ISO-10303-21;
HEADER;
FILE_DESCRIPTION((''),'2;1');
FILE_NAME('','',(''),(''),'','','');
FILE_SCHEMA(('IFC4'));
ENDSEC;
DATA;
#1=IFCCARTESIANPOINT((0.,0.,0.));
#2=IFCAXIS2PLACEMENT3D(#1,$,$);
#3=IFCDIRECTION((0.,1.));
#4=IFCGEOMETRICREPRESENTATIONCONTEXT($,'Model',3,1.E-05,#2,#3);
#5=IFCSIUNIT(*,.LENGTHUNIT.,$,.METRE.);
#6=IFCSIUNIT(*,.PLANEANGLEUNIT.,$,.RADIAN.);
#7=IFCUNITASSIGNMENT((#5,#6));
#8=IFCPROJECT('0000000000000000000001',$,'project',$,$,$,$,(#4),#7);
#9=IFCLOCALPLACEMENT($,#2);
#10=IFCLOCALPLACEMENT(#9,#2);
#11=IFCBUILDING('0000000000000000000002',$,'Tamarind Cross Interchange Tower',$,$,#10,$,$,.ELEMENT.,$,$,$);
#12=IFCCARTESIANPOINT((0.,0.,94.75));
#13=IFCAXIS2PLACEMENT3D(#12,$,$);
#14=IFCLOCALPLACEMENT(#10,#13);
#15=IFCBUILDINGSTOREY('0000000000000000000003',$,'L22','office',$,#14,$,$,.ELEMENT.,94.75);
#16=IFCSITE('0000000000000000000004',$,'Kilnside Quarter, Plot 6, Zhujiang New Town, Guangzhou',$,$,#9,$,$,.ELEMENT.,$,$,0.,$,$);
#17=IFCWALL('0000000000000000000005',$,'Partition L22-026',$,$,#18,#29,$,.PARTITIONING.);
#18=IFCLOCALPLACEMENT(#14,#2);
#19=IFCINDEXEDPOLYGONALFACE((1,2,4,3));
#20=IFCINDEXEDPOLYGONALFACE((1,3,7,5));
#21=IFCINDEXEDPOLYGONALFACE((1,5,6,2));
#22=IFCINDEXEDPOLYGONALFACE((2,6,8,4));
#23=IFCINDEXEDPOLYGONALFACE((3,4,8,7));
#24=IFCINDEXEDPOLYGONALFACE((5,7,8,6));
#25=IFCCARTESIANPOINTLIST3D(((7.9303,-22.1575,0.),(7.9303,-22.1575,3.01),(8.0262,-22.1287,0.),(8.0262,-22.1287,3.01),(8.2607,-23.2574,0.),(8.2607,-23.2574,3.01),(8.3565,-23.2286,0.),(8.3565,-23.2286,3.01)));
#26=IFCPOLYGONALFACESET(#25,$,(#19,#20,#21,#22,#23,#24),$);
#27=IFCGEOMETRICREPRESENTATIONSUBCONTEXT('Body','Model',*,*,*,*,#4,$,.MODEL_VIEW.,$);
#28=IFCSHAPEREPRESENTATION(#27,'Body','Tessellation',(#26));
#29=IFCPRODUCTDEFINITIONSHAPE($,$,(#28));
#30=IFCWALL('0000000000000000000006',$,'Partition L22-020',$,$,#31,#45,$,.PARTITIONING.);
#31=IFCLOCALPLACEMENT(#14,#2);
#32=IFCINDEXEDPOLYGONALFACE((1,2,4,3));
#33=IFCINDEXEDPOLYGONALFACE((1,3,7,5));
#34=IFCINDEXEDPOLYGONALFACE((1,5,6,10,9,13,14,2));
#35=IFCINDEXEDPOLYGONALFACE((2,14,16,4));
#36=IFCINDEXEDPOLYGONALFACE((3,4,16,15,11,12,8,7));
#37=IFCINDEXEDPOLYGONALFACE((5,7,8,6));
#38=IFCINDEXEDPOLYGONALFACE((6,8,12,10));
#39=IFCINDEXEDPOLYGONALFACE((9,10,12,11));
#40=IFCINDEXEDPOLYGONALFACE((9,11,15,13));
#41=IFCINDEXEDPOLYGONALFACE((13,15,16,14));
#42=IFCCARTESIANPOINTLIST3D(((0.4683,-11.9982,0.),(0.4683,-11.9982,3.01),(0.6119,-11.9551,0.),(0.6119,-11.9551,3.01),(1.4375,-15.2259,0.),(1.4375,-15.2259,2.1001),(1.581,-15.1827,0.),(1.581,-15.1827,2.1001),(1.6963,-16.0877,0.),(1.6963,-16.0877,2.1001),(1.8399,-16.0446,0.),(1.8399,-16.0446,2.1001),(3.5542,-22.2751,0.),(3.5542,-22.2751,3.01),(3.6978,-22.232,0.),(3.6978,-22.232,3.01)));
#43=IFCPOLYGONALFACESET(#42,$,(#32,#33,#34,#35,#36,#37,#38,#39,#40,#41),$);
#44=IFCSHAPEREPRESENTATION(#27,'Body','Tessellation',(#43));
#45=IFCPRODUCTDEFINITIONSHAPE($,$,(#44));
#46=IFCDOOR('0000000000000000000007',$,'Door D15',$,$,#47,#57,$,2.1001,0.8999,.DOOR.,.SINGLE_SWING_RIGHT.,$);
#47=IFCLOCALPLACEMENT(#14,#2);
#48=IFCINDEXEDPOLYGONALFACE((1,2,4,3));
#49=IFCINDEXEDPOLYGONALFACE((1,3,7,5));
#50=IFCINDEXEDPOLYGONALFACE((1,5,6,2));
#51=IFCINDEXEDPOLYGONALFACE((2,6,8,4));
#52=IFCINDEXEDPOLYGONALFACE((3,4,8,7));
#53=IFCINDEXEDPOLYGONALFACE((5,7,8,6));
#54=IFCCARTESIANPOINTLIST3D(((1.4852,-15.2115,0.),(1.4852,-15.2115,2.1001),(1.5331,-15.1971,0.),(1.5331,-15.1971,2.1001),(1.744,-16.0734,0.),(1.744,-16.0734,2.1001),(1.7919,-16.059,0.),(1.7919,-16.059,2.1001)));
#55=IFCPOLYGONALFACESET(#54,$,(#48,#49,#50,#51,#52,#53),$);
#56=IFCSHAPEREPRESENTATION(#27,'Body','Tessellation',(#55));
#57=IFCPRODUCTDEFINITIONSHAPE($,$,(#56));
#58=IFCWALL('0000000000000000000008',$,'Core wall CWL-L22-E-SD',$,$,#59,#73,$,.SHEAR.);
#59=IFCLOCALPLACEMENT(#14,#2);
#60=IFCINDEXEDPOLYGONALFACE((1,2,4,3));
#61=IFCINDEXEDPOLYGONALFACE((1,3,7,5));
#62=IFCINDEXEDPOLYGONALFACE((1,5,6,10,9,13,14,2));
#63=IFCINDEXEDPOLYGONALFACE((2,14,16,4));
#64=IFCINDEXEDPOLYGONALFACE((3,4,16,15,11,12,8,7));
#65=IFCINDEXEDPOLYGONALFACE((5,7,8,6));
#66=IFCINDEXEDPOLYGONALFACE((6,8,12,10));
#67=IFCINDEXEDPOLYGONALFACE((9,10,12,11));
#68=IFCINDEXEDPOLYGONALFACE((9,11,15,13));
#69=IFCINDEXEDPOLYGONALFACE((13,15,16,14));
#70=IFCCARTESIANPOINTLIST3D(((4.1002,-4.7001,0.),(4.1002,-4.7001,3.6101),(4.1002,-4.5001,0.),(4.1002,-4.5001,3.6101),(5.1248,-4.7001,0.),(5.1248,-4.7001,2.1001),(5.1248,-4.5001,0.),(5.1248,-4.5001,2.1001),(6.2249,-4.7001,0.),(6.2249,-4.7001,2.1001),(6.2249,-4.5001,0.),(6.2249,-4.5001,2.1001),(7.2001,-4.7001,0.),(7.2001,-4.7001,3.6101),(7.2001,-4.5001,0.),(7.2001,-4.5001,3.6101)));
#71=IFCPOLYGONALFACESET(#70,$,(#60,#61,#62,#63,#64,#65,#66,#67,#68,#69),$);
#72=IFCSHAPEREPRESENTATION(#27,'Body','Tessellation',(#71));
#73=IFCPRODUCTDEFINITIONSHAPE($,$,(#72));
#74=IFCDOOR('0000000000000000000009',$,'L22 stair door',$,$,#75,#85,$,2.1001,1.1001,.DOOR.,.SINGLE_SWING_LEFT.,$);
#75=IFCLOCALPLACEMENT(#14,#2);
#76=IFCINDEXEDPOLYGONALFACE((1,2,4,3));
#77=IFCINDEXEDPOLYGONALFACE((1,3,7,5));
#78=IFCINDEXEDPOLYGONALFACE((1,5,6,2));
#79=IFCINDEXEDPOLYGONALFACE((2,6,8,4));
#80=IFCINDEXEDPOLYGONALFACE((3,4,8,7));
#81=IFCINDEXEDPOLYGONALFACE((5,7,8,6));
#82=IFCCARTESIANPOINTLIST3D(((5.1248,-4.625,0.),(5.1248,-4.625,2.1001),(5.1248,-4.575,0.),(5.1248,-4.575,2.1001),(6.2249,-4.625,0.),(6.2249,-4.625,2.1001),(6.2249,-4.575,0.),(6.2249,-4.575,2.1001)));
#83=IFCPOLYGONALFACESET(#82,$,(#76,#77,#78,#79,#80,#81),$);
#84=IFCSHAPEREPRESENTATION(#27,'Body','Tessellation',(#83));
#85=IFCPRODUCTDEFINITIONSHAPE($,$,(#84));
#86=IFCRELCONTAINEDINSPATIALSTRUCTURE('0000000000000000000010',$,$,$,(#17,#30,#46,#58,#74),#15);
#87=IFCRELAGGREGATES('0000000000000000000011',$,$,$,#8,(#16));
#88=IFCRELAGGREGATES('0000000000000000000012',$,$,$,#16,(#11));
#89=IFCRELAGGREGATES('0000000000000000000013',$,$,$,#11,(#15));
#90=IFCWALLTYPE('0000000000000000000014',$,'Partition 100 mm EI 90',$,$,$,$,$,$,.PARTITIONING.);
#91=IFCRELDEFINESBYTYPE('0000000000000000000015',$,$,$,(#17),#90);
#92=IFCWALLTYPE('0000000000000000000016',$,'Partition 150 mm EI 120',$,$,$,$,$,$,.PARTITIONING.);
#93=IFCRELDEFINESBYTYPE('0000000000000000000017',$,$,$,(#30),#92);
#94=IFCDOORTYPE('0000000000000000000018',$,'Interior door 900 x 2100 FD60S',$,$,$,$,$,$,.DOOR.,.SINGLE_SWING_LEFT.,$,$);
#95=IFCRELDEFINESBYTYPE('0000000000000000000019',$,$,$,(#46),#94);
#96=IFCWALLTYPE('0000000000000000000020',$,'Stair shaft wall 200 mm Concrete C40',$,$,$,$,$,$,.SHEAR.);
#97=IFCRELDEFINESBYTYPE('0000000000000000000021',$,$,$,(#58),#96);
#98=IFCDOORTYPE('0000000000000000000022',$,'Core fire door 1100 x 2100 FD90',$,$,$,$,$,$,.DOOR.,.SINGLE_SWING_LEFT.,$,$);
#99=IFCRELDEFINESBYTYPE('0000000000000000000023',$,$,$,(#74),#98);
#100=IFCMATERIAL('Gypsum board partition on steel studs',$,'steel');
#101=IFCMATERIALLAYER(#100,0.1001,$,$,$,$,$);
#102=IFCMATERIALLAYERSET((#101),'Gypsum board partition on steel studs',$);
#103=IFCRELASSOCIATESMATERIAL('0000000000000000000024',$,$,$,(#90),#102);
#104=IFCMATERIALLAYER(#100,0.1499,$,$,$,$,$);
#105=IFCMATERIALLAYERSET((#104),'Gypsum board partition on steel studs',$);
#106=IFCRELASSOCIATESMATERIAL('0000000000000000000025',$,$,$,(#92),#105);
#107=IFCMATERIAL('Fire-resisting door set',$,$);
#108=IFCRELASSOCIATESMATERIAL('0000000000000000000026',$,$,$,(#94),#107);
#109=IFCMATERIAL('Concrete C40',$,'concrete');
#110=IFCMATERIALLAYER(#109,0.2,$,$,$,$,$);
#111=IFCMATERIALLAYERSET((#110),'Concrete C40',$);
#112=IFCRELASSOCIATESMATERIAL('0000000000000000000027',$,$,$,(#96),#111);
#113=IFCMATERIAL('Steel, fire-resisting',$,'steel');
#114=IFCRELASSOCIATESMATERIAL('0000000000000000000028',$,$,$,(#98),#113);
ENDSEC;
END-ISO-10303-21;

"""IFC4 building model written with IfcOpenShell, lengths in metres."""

from ifc_helpers import new_model, si_unit, direction, frame, frame_2d, origin, place, context, subcontext, project, spatial, rectangle, extrude, material, layer, layer_set, type_object, element, fill, save


model = new_model("IFC4")

# Units and contexts
model_context = context("Model", 3, precision=1e-05, world=origin(), true_north=direction((0.0, 1.0)))
body_context = subcontext(model_context, "Body", "Model", "MODEL_VIEW")
ifc_project = project(units=[si_unit("LENGTHUNIT", "METRE"), si_unit("PLANEANGLEUNIT", "RADIAN")], contexts=[model_context])

# Site, building, storey
site_placement = place(None, origin())
site = spatial("IfcSite", under=ifc_project, at=site_placement, Name="Kilnside Quarter, Plot 6, Zhujiang New Town, Guangzhou", CompositionType="ELEMENT", RefElevation=0.0)
building_placement = place(site_placement, origin())
building = spatial("IfcBuilding", under=site, at=building_placement, Name="Tamarind Cross Interchange Tower", CompositionType="ELEMENT")
storey_placement = place(building_placement, frame((0.0, 0.0, 94.75)))
storey = spatial("IfcBuildingStorey", under=building, at=storey_placement, Name="L22", Description="office", CompositionType="ELEMENT", Elevation=94.75)

# Shared definitions
ifc_material_1 = material(Name="Steel, fire-resisting", Category="steel")

# Wall
ifc_material_2 = material(Name="Gypsum board partition on steel studs", Category="steel")
ifc_layer_1 = layer(ifc_material_2, 0.1001)
ifc_layer_set_1 = layer_set([ifc_layer_1], Name="Gypsum board partition on steel studs")
wall_type_1 = type_object("IfcWallType", Name="Partition 100 mm EI 90", PredefinedType="PARTITIONING", material=ifc_layer_set_1)
wall_1_placement = place(storey_placement, frame((7.9783, -22.1431, 0.0), z_axis=(0.0, 0.0, 1.0), x_axis=(0.28764, -0.957738, 0.0)))
element("IfcWall", 1, at=wall_1_placement, inside=storey, type_object=wall_type_1, Name="Partition L22-026", PredefinedType="PARTITIONING", context=body_context, shape_type="SweptSolid", body=[
    extrude(rectangle(XDim=1.1484, YDim=0.1001, at=frame_2d((0.5742, 0.0))), origin(), (0.0, 0.0, 1.0), 3.01),
])

# Walls, openings, doors
ifc_layer_2 = layer(ifc_material_2, 0.1499)
ifc_layer_set_2 = layer_set([ifc_layer_2], Name="Gypsum board partition on steel studs")
wall_type_2 = type_object("IfcWallType", Name="Partition 150 mm EI 120", PredefinedType="PARTITIONING", material=ifc_layer_set_2)
wall_2_placement = place(storey_placement, frame((0.54, -11.9766, 0.0), z_axis=(0.0, 0.0, 1.0), x_axis=(0.287594, -0.957752, 0.0)))
wall_2 = element("IfcWall", 2, at=wall_2_placement, inside=storey, type_object=wall_type_2, Name="Partition L22-020", PredefinedType="PARTITIONING", context=body_context, shape_type="SweptSolid", body=[
    extrude(rectangle(XDim=10.7302, YDim=0.1499, at=frame_2d((5.3652, 0.0))), origin(), (0.0, 0.0, 1.0), 3.01),
])
opening_1_placement = place(wall_2_placement, frame((3.3701, 0.0, 0.0)))
opening_1 = element("IfcOpeningElement", 3, at=opening_1_placement, cuts=wall_2, PredefinedType="OPENING", context=body_context, shape_type="SweptSolid", body=[
    extrude(rectangle(XDim=0.8999, YDim=2.1001, at=frame_2d((0.45, 1.05))), frame((0.0, 0.085, 0.0), z_axis=(0.0, -1.0, 0.0), x_axis=(1.0, 0.0, 0.0)), (0.0, 0.0, 1.0), 0.1699),
])
ifc_material_3 = material(Name="Fire-resisting door set")
door_type_1 = type_object("IfcDoorType", Name="Interior door 900 x 2100 FD60S", OperationType="SINGLE_SWING_LEFT", PredefinedType="DOOR", material=ifc_material_3)
door_1_placement = place(opening_1_placement, origin())
door_1 = element("IfcDoor", 4, at=door_1_placement, inside=storey, type_object=door_type_1, Name="Door D15", OperationType="SINGLE_SWING_RIGHT", OverallHeight=2.1001, OverallWidth=0.8999, PredefinedType="DOOR", context=body_context, shape_type="SweptSolid", body=[
    extrude(rectangle(XDim=0.8999, YDim=2.1001, at=frame_2d((0.45, 1.05))), frame((0.0, 0.0249, 0.0), z_axis=(0.0, -1.0, 0.0), x_axis=(1.0, 0.0, 0.0)), (0.0, 0.0, 1.0), 0.05),
])
fill(opening_1, door_1)
ifc_material_4 = material(Name="Concrete C40", Category="concrete")
ifc_layer_3 = layer(ifc_material_4, 0.2)
ifc_layer_set_3 = layer_set([ifc_layer_3], Name="Concrete C40")
wall_type_3 = type_object("IfcWallType", Name="Stair shaft wall 200 mm Concrete C40", PredefinedType="SHEAR", material=ifc_layer_set_3)
wall_3_placement = place(storey_placement, frame((7.2, -4.6001, 0.0), z_axis=(0.0, 0.0, 1.0), x_axis=(-1.0, 0.0, 0.0)))
wall_3 = element("IfcWall", 5, at=wall_3_placement, inside=storey, type_object=wall_type_3, Name="Core wall CWL-L22-E-SD", PredefinedType="SHEAR", context=body_context, shape_type="SweptSolid", body=[
    extrude(rectangle(XDim=3.0999, YDim=0.2, at=frame_2d((1.5498, 0.0))), origin(), (0.0, 0.0, 1.0), 3.6101),
])
opening_2_placement = place(wall_3_placement, frame((0.9751, 0.0, 0.0)))
opening_2 = element("IfcOpeningElement", 6, at=opening_2_placement, cuts=wall_3, PredefinedType="OPENING", context=body_context, shape_type="SweptSolid", body=[
    extrude(rectangle(XDim=1.1001, YDim=2.1001, at=frame_2d((0.55, 1.05))), frame((0.0, 0.1099, 0.0), z_axis=(0.0, -1.0, 0.0), x_axis=(1.0, 0.0, 0.0)), (0.0, 0.0, 1.0), 0.22),
])
door_type_2 = type_object("IfcDoorType", Name="Core fire door 1100 x 2100 FD90", OperationType="SINGLE_SWING_LEFT", PredefinedType="DOOR", material=ifc_material_1)
door_2_placement = place(opening_2_placement, origin())
door_2 = element("IfcDoor", 7, at=door_2_placement, inside=storey, type_object=door_type_2, Name="L22 stair door", OperationType="SINGLE_SWING_LEFT", OverallHeight=2.1001, OverallWidth=1.1001, PredefinedType="DOOR", context=body_context, shape_type="SweptSolid", body=[
    extrude(rectangle(XDim=1.1001, YDim=2.1001, at=frame_2d((0.55, 1.05))), frame((0.0, 0.0249, 0.0), z_axis=(0.0, -1.0, 0.0), x_axis=(1.0, 0.0, 0.0)), (0.0, 0.0, 1.0), 0.05),
])
fill(opening_2, door_2)

save(model, "model.ifc")
